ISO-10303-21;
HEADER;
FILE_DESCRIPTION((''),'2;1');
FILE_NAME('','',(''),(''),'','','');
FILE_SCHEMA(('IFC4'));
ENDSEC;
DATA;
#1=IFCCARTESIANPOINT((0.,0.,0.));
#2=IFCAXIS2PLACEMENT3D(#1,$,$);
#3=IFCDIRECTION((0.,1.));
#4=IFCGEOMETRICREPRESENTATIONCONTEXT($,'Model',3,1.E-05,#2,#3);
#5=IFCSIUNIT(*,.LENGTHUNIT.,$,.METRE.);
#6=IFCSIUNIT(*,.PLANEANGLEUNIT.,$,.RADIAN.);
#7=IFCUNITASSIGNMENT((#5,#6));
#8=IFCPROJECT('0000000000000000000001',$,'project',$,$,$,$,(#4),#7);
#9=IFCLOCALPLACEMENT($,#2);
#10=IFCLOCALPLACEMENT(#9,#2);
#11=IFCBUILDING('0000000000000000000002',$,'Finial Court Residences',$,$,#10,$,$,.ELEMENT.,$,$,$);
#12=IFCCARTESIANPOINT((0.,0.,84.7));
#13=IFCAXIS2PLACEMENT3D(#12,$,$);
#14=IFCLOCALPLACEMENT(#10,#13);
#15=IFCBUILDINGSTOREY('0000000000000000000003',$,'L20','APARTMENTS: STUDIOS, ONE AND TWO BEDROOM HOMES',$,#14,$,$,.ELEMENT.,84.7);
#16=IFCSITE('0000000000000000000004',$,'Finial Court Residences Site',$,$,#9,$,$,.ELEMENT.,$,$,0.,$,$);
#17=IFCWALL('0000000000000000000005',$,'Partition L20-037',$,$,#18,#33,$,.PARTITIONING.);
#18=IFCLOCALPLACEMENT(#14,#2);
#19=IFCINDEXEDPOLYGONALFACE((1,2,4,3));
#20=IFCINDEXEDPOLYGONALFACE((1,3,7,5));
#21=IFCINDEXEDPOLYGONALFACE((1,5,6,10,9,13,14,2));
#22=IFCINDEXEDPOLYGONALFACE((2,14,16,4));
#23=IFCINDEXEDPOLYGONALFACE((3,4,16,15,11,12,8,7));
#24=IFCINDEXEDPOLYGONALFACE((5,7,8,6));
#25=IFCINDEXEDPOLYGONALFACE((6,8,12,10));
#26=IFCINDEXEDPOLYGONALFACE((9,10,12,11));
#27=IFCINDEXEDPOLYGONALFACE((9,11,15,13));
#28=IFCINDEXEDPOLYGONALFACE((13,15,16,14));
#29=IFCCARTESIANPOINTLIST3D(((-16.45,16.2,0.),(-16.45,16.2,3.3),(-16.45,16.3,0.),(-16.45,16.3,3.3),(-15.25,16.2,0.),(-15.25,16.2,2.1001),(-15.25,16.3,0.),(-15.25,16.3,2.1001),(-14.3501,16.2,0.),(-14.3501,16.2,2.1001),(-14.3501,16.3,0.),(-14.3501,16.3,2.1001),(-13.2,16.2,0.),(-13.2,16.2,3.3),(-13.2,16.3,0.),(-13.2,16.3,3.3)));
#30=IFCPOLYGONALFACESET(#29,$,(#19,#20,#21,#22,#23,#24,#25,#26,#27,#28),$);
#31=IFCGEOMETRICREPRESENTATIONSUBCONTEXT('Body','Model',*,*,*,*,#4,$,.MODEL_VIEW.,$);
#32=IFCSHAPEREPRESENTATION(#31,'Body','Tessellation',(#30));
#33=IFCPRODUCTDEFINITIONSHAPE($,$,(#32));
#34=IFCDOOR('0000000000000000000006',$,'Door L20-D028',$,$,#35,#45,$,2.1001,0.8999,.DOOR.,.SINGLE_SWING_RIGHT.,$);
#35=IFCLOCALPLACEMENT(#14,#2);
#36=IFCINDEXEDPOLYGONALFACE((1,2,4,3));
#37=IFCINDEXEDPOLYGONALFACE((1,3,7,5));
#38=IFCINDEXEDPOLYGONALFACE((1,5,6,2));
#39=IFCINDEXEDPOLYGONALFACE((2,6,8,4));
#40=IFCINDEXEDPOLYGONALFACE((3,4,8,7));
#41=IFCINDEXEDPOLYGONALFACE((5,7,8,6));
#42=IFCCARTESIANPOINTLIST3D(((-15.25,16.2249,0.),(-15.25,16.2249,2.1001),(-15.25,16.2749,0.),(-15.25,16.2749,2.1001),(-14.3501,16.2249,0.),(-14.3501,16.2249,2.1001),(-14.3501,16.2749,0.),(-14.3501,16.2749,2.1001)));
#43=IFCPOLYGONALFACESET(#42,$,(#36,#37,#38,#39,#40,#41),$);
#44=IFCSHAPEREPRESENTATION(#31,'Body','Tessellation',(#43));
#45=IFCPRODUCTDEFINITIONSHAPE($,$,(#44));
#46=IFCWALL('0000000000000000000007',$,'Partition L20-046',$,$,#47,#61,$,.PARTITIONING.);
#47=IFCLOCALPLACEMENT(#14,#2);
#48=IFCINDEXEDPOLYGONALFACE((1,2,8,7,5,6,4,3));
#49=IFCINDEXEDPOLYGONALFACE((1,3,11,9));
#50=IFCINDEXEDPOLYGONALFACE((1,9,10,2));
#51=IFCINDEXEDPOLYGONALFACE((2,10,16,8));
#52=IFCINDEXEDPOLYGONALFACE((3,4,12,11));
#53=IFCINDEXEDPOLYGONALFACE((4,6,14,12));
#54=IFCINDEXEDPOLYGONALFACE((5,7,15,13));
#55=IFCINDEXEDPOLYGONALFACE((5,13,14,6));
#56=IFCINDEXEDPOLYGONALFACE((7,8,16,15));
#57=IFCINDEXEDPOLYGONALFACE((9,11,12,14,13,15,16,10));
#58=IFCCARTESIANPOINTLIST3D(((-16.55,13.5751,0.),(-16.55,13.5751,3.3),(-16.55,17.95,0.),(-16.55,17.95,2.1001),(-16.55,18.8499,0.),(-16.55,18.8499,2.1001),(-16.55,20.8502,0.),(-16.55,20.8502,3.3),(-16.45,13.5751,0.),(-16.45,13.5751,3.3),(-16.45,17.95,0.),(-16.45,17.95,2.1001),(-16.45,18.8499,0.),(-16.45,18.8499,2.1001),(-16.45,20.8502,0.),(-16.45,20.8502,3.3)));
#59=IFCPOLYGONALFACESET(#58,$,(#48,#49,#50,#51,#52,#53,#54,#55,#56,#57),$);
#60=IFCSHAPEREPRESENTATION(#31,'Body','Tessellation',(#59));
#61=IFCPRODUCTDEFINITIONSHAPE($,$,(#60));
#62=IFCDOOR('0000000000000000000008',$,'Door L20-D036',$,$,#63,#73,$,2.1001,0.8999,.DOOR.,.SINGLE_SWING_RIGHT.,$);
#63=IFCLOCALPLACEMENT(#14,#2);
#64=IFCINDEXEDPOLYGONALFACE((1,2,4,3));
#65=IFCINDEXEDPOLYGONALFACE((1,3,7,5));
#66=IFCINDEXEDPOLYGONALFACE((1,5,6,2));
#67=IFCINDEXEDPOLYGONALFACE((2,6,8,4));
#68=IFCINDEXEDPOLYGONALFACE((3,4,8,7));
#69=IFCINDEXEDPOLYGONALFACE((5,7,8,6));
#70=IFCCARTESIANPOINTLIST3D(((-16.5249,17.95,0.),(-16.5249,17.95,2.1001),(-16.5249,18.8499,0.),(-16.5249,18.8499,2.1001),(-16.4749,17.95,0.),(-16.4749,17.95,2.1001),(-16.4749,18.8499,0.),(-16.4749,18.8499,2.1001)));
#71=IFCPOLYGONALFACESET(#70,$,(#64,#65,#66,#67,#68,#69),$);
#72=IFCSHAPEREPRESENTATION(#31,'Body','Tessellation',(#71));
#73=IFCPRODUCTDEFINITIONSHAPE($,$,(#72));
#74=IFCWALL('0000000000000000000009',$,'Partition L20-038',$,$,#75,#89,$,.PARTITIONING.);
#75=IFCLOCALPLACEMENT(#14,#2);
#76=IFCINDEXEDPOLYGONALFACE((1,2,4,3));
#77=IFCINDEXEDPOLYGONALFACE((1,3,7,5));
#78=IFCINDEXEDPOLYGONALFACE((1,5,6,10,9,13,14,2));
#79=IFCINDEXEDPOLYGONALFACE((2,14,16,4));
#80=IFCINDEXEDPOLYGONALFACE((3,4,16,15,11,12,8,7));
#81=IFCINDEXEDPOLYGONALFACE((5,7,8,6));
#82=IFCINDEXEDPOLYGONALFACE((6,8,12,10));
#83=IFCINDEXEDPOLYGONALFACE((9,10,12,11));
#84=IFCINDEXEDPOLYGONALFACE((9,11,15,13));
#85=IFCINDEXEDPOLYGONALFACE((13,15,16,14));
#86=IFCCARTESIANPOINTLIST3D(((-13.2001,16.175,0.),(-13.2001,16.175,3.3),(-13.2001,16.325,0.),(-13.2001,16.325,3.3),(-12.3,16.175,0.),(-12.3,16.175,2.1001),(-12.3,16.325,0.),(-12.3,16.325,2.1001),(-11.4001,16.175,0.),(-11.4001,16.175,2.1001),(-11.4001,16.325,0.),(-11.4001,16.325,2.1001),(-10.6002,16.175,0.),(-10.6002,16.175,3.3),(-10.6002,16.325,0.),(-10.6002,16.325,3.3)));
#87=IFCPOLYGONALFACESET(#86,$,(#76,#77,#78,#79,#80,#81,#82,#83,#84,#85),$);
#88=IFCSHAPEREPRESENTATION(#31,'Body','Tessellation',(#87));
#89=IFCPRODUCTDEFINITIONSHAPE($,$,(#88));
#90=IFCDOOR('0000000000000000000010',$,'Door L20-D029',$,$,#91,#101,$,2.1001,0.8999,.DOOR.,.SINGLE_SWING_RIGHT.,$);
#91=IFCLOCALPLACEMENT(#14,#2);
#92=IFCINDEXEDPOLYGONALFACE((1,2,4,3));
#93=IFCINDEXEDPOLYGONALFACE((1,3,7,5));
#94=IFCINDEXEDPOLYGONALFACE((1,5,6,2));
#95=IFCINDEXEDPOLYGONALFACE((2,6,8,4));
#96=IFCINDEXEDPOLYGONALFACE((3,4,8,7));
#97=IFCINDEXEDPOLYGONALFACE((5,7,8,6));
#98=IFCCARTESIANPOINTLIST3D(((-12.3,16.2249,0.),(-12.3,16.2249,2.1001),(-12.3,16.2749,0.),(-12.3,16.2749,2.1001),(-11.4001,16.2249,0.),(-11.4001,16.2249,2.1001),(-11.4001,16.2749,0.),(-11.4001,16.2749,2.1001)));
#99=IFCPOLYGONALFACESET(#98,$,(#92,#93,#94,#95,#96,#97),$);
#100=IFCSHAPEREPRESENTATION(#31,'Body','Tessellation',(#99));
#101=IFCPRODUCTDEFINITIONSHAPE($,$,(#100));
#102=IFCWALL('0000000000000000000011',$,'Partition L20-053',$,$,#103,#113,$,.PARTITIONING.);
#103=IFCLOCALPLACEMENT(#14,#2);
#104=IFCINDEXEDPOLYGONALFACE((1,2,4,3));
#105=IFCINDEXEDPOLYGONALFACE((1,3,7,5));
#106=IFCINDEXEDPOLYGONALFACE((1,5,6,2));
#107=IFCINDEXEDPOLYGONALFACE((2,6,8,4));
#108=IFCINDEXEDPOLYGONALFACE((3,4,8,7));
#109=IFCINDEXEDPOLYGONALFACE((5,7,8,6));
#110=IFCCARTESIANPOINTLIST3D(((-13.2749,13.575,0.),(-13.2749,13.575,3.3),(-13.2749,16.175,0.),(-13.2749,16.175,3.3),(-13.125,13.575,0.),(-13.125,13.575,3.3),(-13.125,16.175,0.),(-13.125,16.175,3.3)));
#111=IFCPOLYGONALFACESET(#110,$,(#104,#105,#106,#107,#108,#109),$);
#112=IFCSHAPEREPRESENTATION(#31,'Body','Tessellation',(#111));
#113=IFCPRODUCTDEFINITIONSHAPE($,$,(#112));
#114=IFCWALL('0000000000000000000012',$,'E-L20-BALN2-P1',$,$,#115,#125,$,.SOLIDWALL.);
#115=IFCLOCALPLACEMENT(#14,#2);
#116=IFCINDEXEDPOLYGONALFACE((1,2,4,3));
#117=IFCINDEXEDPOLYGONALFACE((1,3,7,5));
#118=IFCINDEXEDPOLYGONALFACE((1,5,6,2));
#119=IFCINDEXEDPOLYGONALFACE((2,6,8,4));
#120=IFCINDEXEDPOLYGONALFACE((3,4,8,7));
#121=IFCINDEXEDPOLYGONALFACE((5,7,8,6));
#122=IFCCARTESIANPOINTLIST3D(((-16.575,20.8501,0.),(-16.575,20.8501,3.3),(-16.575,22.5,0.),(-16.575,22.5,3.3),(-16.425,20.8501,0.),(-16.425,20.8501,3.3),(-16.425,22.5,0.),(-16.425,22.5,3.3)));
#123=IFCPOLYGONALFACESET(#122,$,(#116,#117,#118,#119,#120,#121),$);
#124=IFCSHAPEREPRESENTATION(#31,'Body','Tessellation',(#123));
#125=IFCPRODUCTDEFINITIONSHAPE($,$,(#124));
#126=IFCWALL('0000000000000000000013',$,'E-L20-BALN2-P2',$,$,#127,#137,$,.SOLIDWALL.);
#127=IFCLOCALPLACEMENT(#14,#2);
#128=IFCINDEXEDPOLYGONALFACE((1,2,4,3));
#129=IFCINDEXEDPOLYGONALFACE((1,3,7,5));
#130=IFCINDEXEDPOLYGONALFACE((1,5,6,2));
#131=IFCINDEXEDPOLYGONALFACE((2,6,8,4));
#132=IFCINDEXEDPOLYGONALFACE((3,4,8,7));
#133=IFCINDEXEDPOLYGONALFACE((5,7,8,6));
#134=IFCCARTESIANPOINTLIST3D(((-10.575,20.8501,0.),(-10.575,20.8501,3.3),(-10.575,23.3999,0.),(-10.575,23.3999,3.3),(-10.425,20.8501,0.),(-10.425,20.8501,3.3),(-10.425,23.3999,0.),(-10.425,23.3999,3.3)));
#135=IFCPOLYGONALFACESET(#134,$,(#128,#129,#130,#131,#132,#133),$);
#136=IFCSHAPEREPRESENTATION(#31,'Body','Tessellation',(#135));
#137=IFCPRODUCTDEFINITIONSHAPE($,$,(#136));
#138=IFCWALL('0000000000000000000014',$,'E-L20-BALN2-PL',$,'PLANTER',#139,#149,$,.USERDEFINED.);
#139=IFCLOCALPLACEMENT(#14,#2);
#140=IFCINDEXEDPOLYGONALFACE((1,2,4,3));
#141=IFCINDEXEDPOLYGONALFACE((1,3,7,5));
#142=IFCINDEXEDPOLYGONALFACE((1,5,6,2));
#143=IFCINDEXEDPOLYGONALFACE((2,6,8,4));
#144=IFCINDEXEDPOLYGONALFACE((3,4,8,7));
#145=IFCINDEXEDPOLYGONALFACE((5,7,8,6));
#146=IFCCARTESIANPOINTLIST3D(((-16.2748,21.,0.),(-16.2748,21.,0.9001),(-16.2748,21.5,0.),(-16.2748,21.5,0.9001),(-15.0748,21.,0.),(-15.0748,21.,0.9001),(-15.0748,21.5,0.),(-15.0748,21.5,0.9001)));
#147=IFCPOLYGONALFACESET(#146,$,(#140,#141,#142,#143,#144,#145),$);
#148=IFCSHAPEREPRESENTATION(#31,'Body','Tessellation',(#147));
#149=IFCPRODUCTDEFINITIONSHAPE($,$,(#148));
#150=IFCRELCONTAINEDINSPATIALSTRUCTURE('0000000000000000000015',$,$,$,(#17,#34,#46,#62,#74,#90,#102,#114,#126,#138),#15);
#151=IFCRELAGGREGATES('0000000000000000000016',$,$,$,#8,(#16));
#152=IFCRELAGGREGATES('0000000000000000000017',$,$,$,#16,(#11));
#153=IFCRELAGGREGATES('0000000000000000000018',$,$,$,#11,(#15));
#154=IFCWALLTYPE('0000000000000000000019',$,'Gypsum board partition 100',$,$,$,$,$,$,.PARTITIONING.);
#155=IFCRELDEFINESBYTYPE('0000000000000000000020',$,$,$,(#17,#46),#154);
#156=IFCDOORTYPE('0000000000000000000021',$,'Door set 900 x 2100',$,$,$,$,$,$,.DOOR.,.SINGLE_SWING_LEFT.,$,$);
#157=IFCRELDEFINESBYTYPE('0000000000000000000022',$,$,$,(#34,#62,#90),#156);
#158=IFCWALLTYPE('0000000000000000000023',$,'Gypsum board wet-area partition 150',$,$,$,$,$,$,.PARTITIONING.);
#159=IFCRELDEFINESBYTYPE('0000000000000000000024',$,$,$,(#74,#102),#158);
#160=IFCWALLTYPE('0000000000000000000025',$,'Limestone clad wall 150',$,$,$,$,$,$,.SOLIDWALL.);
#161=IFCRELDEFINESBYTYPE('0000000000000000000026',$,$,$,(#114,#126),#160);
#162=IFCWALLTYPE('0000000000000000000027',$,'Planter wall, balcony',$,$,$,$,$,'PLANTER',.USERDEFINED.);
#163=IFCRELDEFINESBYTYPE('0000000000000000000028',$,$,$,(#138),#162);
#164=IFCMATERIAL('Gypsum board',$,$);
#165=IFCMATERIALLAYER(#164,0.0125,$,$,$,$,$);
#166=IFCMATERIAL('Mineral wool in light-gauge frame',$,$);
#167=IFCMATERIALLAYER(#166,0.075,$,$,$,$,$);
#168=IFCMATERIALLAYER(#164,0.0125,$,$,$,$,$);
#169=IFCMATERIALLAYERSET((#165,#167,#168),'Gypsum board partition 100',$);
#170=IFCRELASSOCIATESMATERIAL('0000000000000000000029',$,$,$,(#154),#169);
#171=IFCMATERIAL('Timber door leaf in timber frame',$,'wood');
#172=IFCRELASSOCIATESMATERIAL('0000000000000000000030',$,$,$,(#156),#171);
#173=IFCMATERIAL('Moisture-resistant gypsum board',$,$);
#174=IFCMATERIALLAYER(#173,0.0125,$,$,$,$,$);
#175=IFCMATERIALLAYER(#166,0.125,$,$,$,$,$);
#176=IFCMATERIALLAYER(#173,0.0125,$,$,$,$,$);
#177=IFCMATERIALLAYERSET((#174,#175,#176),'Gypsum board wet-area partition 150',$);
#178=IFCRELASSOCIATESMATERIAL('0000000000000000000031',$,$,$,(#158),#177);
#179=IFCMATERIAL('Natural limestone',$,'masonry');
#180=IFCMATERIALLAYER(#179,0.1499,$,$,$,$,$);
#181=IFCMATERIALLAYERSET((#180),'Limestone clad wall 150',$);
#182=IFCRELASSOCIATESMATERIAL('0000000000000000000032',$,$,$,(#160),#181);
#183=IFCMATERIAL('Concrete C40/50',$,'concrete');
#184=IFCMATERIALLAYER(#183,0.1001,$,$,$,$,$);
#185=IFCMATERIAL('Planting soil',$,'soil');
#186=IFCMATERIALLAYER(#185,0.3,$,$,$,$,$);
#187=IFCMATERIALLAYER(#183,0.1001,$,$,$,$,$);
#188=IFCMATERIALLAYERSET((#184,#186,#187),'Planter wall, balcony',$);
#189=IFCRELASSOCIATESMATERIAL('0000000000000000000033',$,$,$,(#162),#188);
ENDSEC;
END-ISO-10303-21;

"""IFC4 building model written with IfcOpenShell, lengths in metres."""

from ifc_helpers import new_model, si_unit, direction, frame, frame_2d, origin, place, context, subcontext, project, spatial, rectangle, extrude, material, layer, layer_set, type_object, element, fill, save


model = new_model("IFC4")

# Units and contexts
model_context = context("Model", 3, precision=1e-05, world=origin(), true_north=direction((0.0, 1.0)))
body_context = subcontext(model_context, "Body", "Model", "MODEL_VIEW")
ifc_project = project(units=[si_unit("LENGTHUNIT", "METRE"), si_unit("PLANEANGLEUNIT", "RADIAN")], contexts=[model_context])

# Site, building, storey
site_placement = place(None, origin())
site = spatial("IfcSite", under=ifc_project, at=site_placement, Name="Finial Court Residences Site", CompositionType="ELEMENT", RefElevation=0.0)
building_placement = place(site_placement, origin())
building = spatial("IfcBuilding", under=site, at=building_placement, Name="Finial Court Residences", CompositionType="ELEMENT")
storey_placement = place(building_placement, frame((0.0, 0.0, 84.7)))
storey = spatial("IfcBuildingStorey", under=building, at=storey_placement, Name="L20", Description="APARTMENTS: STUDIOS, ONE AND TWO BEDROOM HOMES", CompositionType="ELEMENT", Elevation=84.7)

# Shared definitions
ifc_material_1 = material(Name="Gypsum board")

# Walls, openings, doors
ifc_layer_1 = layer(ifc_material_1, 0.0125)
ifc_material_2 = material(Name="Mineral wool in light-gauge frame")
ifc_layer_2 = layer(ifc_material_2, 0.075)
ifc_layer_3 = layer(ifc_material_1, 0.0125)
ifc_layer_set_1 = layer_set([ifc_layer_1, ifc_layer_2, ifc_layer_3], Name="Gypsum board partition 100")
wall_type_1 = type_object("IfcWallType", Name="Gypsum board partition 100", PredefinedType="PARTITIONING", material=ifc_layer_set_1)
ifc_material_3 = material(Name="Timber door leaf in timber frame", Category="wood")
door_type_1 = type_object("IfcDoorType", Name="Door set 900 x 2100", OperationType="SINGLE_SWING_LEFT", PredefinedType="DOOR", material=ifc_material_3)
wall_1_placement = place(storey_placement, frame((-16.45, 16.25, 0.0), z_axis=(0.0, 0.0, 1.0), x_axis=(1.0, 0.0, 0.0)))
wall_1 = element("IfcWall", 1, at=wall_1_placement, inside=storey, type_object=wall_type_1, Name="Partition L20-037", PredefinedType="PARTITIONING", context=body_context, shape_type="SweptSolid", body=[
    extrude(rectangle(XDim=3.25, YDim=0.1001, at=frame_2d((1.625, 0.0))), origin(), (0.0, 0.0, 1.0), 3.3),
])
opening_1_placement = place(wall_1_placement, frame((1.2, 0.0, 0.0)))
opening_1 = element("IfcOpeningElement", 2, at=opening_1_placement, cuts=wall_1, PredefinedType="OPENING", context=body_context, shape_type="SweptSolid", body=[
    extrude(rectangle(XDim=0.8999, YDim=2.1001, at=frame_2d((0.45, 1.05))), frame((0.0, 0.0601, 0.0), z_axis=(0.0, -1.0, 0.0), x_axis=(1.0, 0.0, 0.0)), (0.0, 0.0, 1.0), 0.1201),
])
door_1_placement = place(opening_1_placement, origin())
door_1 = element("IfcDoor", 3, at=door_1_placement, inside=storey, type_object=door_type_1, Name="Door L20-D028", OperationType="SINGLE_SWING_RIGHT", OverallHeight=2.1001, OverallWidth=0.8999, PredefinedType="DOOR", context=body_context, shape_type="SweptSolid", body=[
    extrude(rectangle(XDim=0.8999, YDim=2.1001, at=frame_2d((0.45, 1.05))), frame((0.0, 0.0249, 0.0), z_axis=(0.0, -1.0, 0.0), x_axis=(1.0, 0.0, 0.0)), (0.0, 0.0, 1.0), 0.05),
])
fill(opening_1, door_1)
wall_2_placement = place(storey_placement, frame((-16.5, 13.575, 0.0), z_axis=(0.0, 0.0, 1.0), x_axis=(0.0, 1.0, 0.0)))
wall_2 = element("IfcWall", 4, at=wall_2_placement, inside=storey, type_object=wall_type_1, Name="Partition L20-046", PredefinedType="PARTITIONING", context=body_context, shape_type="SweptSolid", body=[
    extrude(rectangle(XDim=7.2751, YDim=0.1001, at=frame_2d((3.6377, 0.0))), origin(), (0.0, 0.0, 1.0), 3.3),
])
opening_2_placement = place(wall_2_placement, frame((4.375, 0.0, 0.0)))
opening_2 = element("IfcOpeningElement", 5, at=opening_2_placement, cuts=wall_2, PredefinedType="OPENING", context=body_context, shape_type="SweptSolid", body=[
    extrude(rectangle(XDim=0.8999, YDim=2.1001, at=frame_2d((0.45, 1.05))), frame((0.0, 0.0601, 0.0), z_axis=(0.0, -1.0, 0.0), x_axis=(1.0, 0.0, 0.0)), (0.0, 0.0, 1.0), 0.1201),
])
door_2_placement = place(opening_2_placement, origin())
door_2 = element("IfcDoor", 6, at=door_2_placement, inside=storey, type_object=door_type_1, Name="Door L20-D036", OperationType="SINGLE_SWING_RIGHT", OverallHeight=2.1001, OverallWidth=0.8999, PredefinedType="DOOR", context=body_context, shape_type="SweptSolid", body=[
    extrude(rectangle(XDim=0.8999, YDim=2.1001, at=frame_2d((0.45, 1.05))), frame((0.0, 0.0249, 0.0), z_axis=(0.0, -1.0, 0.0), x_axis=(1.0, 0.0, 0.0)), (0.0, 0.0, 1.0), 0.05),
])
fill(opening_2, door_2)
ifc_material_4 = material(Name="Moisture-resistant gypsum board")
ifc_layer_4 = layer(ifc_material_4, 0.0125)
ifc_layer_5 = layer(ifc_material_2, 0.125)
ifc_layer_6 = layer(ifc_material_4, 0.0125)
ifc_layer_set_2 = layer_set([ifc_layer_4, ifc_layer_5, ifc_layer_6], Name="Gypsum board wet-area partition 150")
wall_type_2 = type_object("IfcWallType", Name="Gypsum board wet-area partition 150", PredefinedType="PARTITIONING", material=ifc_layer_set_2)
wall_3_placement = place(storey_placement, frame((-13.2, 16.25, 0.0), z_axis=(0.0, 0.0, 1.0), x_axis=(1.0, 0.0, 0.0)))
wall_3 = element("IfcWall", 7, at=wall_3_placement, inside=storey, type_object=wall_type_2, Name="Partition L20-038", PredefinedType="PARTITIONING", context=body_context, shape_type="SweptSolid", body=[
    extrude(rectangle(XDim=2.5999, YDim=0.1499, at=frame_2d((1.2998, 0.0))), origin(), (0.0, 0.0, 1.0), 3.3),
])
opening_3_placement = place(wall_3_placement, frame((0.8999, 0.0, 0.0)))
opening_3 = element("IfcOpeningElement", 8, at=opening_3_placement, cuts=wall_3, PredefinedType="OPENING", context=body_context, shape_type="SweptSolid", body=[
    extrude(rectangle(XDim=0.8999, YDim=2.1001, at=frame_2d((0.45, 1.05))), frame((0.0, 0.085, 0.0), z_axis=(0.0, -1.0, 0.0), x_axis=(1.0, 0.0, 0.0)), (0.0, 0.0, 1.0), 0.1699),
])
door_3_placement = place(opening_3_placement, origin())
door_3 = element("IfcDoor", 9, at=door_3_placement, inside=storey, type_object=door_type_1, Name="Door L20-D029", OperationType="SINGLE_SWING_RIGHT", OverallHeight=2.1001, OverallWidth=0.8999, PredefinedType="DOOR", context=body_context, shape_type="SweptSolid", body=[
    extrude(rectangle(XDim=0.8999, YDim=2.1001, at=frame_2d((0.45, 1.05))), frame((0.0, 0.0249, 0.0), z_axis=(0.0, -1.0, 0.0), x_axis=(1.0, 0.0, 0.0)), (0.0, 0.0, 1.0), 0.05),
])
fill(opening_3, door_3)

# Walls
wall_4_placement = place(storey_placement, frame((-13.2, 13.575, 0.0), z_axis=(0.0, 0.0, 1.0), x_axis=(0.0, 1.0, 0.0)))
element("IfcWall", 10, at=wall_4_placement, inside=storey, type_object=wall_type_2, Name="Partition L20-053", PredefinedType="PARTITIONING", context=body_context, shape_type="SweptSolid", body=[
    extrude(rectangle(XDim=2.6001, YDim=0.1499, at=frame_2d((1.3, 0.0))), origin(), (0.0, 0.0, 1.0), 3.3),
])
ifc_material_5 = material(Name="Natural limestone", Category="masonry")
ifc_layer_7 = layer(ifc_material_5, 0.1499)
ifc_layer_set_3 = layer_set([ifc_layer_7], Name="Limestone clad wall 150")
wall_type_3 = type_object("IfcWallType", Name="Limestone clad wall 150", PredefinedType="SOLIDWALL", material=ifc_layer_set_3)
wall_5_placement = place(storey_placement, frame((-16.5, 20.8501, 0.0), z_axis=(0.0, 0.0, 1.0), x_axis=(0.0, 1.0, 0.0)))
element("IfcWall", 11, at=wall_5_placement, inside=storey, type_object=wall_type_3, Name="E-L20-BALN2-P1", PredefinedType="SOLIDWALL", context=body_context, shape_type="SweptSolid", body=[
    extrude(rectangle(XDim=1.6499, YDim=0.1499, at=frame_2d((0.825, 0.0))), origin(), (0.0, 0.0, 1.0), 3.3),
])
wall_6_placement = place(storey_placement, frame((-10.5, 20.8501, 0.0), z_axis=(0.0, 0.0, 1.0), x_axis=(0.0, 1.0, 0.0)))
element("IfcWall", 12, at=wall_6_placement, inside=storey, type_object=wall_type_3, Name="E-L20-BALN2-P2", PredefinedType="SOLIDWALL", context=body_context, shape_type="SweptSolid", body=[
    extrude(rectangle(XDim=2.5498, YDim=0.1499, at=frame_2d((1.2749, 0.0))), origin(), (0.0, 0.0, 1.0), 3.3),
])

# Wall
ifc_material_6 = material(Name="Concrete C40/50", Category="concrete")
ifc_layer_8 = layer(ifc_material_6, 0.1001)
ifc_material_7 = material(Name="Planting soil", Category="soil")
ifc_layer_9 = layer(ifc_material_7, 0.3)
ifc_layer_10 = layer(ifc_material_6, 0.1001)
ifc_layer_set_4 = layer_set([ifc_layer_8, ifc_layer_9, ifc_layer_10], Name="Planter wall, balcony")
wall_type_4 = type_object("IfcWallType", Name="Planter wall, balcony", ElementType="PLANTER", PredefinedType="USERDEFINED", material=ifc_layer_set_4)
wall_7_placement = place(storey_placement, frame((-16.2749, 21.25, 0.0), z_axis=(0.0, 0.0, 1.0), x_axis=(1.0, 0.0, 0.0)))
element("IfcWall", 13, at=wall_7_placement, inside=storey, type_object=wall_type_4, Name="E-L20-BALN2-PL", ObjectType="PLANTER", PredefinedType="USERDEFINED", context=body_context, shape_type="SweptSolid", body=[
    extrude(rectangle(XDim=1.2, YDim=0.5, at=frame_2d((0.6001, 0.0))), origin(), (0.0, 0.0, 1.0), 0.9001),
])

save(model, "model.ifc")
